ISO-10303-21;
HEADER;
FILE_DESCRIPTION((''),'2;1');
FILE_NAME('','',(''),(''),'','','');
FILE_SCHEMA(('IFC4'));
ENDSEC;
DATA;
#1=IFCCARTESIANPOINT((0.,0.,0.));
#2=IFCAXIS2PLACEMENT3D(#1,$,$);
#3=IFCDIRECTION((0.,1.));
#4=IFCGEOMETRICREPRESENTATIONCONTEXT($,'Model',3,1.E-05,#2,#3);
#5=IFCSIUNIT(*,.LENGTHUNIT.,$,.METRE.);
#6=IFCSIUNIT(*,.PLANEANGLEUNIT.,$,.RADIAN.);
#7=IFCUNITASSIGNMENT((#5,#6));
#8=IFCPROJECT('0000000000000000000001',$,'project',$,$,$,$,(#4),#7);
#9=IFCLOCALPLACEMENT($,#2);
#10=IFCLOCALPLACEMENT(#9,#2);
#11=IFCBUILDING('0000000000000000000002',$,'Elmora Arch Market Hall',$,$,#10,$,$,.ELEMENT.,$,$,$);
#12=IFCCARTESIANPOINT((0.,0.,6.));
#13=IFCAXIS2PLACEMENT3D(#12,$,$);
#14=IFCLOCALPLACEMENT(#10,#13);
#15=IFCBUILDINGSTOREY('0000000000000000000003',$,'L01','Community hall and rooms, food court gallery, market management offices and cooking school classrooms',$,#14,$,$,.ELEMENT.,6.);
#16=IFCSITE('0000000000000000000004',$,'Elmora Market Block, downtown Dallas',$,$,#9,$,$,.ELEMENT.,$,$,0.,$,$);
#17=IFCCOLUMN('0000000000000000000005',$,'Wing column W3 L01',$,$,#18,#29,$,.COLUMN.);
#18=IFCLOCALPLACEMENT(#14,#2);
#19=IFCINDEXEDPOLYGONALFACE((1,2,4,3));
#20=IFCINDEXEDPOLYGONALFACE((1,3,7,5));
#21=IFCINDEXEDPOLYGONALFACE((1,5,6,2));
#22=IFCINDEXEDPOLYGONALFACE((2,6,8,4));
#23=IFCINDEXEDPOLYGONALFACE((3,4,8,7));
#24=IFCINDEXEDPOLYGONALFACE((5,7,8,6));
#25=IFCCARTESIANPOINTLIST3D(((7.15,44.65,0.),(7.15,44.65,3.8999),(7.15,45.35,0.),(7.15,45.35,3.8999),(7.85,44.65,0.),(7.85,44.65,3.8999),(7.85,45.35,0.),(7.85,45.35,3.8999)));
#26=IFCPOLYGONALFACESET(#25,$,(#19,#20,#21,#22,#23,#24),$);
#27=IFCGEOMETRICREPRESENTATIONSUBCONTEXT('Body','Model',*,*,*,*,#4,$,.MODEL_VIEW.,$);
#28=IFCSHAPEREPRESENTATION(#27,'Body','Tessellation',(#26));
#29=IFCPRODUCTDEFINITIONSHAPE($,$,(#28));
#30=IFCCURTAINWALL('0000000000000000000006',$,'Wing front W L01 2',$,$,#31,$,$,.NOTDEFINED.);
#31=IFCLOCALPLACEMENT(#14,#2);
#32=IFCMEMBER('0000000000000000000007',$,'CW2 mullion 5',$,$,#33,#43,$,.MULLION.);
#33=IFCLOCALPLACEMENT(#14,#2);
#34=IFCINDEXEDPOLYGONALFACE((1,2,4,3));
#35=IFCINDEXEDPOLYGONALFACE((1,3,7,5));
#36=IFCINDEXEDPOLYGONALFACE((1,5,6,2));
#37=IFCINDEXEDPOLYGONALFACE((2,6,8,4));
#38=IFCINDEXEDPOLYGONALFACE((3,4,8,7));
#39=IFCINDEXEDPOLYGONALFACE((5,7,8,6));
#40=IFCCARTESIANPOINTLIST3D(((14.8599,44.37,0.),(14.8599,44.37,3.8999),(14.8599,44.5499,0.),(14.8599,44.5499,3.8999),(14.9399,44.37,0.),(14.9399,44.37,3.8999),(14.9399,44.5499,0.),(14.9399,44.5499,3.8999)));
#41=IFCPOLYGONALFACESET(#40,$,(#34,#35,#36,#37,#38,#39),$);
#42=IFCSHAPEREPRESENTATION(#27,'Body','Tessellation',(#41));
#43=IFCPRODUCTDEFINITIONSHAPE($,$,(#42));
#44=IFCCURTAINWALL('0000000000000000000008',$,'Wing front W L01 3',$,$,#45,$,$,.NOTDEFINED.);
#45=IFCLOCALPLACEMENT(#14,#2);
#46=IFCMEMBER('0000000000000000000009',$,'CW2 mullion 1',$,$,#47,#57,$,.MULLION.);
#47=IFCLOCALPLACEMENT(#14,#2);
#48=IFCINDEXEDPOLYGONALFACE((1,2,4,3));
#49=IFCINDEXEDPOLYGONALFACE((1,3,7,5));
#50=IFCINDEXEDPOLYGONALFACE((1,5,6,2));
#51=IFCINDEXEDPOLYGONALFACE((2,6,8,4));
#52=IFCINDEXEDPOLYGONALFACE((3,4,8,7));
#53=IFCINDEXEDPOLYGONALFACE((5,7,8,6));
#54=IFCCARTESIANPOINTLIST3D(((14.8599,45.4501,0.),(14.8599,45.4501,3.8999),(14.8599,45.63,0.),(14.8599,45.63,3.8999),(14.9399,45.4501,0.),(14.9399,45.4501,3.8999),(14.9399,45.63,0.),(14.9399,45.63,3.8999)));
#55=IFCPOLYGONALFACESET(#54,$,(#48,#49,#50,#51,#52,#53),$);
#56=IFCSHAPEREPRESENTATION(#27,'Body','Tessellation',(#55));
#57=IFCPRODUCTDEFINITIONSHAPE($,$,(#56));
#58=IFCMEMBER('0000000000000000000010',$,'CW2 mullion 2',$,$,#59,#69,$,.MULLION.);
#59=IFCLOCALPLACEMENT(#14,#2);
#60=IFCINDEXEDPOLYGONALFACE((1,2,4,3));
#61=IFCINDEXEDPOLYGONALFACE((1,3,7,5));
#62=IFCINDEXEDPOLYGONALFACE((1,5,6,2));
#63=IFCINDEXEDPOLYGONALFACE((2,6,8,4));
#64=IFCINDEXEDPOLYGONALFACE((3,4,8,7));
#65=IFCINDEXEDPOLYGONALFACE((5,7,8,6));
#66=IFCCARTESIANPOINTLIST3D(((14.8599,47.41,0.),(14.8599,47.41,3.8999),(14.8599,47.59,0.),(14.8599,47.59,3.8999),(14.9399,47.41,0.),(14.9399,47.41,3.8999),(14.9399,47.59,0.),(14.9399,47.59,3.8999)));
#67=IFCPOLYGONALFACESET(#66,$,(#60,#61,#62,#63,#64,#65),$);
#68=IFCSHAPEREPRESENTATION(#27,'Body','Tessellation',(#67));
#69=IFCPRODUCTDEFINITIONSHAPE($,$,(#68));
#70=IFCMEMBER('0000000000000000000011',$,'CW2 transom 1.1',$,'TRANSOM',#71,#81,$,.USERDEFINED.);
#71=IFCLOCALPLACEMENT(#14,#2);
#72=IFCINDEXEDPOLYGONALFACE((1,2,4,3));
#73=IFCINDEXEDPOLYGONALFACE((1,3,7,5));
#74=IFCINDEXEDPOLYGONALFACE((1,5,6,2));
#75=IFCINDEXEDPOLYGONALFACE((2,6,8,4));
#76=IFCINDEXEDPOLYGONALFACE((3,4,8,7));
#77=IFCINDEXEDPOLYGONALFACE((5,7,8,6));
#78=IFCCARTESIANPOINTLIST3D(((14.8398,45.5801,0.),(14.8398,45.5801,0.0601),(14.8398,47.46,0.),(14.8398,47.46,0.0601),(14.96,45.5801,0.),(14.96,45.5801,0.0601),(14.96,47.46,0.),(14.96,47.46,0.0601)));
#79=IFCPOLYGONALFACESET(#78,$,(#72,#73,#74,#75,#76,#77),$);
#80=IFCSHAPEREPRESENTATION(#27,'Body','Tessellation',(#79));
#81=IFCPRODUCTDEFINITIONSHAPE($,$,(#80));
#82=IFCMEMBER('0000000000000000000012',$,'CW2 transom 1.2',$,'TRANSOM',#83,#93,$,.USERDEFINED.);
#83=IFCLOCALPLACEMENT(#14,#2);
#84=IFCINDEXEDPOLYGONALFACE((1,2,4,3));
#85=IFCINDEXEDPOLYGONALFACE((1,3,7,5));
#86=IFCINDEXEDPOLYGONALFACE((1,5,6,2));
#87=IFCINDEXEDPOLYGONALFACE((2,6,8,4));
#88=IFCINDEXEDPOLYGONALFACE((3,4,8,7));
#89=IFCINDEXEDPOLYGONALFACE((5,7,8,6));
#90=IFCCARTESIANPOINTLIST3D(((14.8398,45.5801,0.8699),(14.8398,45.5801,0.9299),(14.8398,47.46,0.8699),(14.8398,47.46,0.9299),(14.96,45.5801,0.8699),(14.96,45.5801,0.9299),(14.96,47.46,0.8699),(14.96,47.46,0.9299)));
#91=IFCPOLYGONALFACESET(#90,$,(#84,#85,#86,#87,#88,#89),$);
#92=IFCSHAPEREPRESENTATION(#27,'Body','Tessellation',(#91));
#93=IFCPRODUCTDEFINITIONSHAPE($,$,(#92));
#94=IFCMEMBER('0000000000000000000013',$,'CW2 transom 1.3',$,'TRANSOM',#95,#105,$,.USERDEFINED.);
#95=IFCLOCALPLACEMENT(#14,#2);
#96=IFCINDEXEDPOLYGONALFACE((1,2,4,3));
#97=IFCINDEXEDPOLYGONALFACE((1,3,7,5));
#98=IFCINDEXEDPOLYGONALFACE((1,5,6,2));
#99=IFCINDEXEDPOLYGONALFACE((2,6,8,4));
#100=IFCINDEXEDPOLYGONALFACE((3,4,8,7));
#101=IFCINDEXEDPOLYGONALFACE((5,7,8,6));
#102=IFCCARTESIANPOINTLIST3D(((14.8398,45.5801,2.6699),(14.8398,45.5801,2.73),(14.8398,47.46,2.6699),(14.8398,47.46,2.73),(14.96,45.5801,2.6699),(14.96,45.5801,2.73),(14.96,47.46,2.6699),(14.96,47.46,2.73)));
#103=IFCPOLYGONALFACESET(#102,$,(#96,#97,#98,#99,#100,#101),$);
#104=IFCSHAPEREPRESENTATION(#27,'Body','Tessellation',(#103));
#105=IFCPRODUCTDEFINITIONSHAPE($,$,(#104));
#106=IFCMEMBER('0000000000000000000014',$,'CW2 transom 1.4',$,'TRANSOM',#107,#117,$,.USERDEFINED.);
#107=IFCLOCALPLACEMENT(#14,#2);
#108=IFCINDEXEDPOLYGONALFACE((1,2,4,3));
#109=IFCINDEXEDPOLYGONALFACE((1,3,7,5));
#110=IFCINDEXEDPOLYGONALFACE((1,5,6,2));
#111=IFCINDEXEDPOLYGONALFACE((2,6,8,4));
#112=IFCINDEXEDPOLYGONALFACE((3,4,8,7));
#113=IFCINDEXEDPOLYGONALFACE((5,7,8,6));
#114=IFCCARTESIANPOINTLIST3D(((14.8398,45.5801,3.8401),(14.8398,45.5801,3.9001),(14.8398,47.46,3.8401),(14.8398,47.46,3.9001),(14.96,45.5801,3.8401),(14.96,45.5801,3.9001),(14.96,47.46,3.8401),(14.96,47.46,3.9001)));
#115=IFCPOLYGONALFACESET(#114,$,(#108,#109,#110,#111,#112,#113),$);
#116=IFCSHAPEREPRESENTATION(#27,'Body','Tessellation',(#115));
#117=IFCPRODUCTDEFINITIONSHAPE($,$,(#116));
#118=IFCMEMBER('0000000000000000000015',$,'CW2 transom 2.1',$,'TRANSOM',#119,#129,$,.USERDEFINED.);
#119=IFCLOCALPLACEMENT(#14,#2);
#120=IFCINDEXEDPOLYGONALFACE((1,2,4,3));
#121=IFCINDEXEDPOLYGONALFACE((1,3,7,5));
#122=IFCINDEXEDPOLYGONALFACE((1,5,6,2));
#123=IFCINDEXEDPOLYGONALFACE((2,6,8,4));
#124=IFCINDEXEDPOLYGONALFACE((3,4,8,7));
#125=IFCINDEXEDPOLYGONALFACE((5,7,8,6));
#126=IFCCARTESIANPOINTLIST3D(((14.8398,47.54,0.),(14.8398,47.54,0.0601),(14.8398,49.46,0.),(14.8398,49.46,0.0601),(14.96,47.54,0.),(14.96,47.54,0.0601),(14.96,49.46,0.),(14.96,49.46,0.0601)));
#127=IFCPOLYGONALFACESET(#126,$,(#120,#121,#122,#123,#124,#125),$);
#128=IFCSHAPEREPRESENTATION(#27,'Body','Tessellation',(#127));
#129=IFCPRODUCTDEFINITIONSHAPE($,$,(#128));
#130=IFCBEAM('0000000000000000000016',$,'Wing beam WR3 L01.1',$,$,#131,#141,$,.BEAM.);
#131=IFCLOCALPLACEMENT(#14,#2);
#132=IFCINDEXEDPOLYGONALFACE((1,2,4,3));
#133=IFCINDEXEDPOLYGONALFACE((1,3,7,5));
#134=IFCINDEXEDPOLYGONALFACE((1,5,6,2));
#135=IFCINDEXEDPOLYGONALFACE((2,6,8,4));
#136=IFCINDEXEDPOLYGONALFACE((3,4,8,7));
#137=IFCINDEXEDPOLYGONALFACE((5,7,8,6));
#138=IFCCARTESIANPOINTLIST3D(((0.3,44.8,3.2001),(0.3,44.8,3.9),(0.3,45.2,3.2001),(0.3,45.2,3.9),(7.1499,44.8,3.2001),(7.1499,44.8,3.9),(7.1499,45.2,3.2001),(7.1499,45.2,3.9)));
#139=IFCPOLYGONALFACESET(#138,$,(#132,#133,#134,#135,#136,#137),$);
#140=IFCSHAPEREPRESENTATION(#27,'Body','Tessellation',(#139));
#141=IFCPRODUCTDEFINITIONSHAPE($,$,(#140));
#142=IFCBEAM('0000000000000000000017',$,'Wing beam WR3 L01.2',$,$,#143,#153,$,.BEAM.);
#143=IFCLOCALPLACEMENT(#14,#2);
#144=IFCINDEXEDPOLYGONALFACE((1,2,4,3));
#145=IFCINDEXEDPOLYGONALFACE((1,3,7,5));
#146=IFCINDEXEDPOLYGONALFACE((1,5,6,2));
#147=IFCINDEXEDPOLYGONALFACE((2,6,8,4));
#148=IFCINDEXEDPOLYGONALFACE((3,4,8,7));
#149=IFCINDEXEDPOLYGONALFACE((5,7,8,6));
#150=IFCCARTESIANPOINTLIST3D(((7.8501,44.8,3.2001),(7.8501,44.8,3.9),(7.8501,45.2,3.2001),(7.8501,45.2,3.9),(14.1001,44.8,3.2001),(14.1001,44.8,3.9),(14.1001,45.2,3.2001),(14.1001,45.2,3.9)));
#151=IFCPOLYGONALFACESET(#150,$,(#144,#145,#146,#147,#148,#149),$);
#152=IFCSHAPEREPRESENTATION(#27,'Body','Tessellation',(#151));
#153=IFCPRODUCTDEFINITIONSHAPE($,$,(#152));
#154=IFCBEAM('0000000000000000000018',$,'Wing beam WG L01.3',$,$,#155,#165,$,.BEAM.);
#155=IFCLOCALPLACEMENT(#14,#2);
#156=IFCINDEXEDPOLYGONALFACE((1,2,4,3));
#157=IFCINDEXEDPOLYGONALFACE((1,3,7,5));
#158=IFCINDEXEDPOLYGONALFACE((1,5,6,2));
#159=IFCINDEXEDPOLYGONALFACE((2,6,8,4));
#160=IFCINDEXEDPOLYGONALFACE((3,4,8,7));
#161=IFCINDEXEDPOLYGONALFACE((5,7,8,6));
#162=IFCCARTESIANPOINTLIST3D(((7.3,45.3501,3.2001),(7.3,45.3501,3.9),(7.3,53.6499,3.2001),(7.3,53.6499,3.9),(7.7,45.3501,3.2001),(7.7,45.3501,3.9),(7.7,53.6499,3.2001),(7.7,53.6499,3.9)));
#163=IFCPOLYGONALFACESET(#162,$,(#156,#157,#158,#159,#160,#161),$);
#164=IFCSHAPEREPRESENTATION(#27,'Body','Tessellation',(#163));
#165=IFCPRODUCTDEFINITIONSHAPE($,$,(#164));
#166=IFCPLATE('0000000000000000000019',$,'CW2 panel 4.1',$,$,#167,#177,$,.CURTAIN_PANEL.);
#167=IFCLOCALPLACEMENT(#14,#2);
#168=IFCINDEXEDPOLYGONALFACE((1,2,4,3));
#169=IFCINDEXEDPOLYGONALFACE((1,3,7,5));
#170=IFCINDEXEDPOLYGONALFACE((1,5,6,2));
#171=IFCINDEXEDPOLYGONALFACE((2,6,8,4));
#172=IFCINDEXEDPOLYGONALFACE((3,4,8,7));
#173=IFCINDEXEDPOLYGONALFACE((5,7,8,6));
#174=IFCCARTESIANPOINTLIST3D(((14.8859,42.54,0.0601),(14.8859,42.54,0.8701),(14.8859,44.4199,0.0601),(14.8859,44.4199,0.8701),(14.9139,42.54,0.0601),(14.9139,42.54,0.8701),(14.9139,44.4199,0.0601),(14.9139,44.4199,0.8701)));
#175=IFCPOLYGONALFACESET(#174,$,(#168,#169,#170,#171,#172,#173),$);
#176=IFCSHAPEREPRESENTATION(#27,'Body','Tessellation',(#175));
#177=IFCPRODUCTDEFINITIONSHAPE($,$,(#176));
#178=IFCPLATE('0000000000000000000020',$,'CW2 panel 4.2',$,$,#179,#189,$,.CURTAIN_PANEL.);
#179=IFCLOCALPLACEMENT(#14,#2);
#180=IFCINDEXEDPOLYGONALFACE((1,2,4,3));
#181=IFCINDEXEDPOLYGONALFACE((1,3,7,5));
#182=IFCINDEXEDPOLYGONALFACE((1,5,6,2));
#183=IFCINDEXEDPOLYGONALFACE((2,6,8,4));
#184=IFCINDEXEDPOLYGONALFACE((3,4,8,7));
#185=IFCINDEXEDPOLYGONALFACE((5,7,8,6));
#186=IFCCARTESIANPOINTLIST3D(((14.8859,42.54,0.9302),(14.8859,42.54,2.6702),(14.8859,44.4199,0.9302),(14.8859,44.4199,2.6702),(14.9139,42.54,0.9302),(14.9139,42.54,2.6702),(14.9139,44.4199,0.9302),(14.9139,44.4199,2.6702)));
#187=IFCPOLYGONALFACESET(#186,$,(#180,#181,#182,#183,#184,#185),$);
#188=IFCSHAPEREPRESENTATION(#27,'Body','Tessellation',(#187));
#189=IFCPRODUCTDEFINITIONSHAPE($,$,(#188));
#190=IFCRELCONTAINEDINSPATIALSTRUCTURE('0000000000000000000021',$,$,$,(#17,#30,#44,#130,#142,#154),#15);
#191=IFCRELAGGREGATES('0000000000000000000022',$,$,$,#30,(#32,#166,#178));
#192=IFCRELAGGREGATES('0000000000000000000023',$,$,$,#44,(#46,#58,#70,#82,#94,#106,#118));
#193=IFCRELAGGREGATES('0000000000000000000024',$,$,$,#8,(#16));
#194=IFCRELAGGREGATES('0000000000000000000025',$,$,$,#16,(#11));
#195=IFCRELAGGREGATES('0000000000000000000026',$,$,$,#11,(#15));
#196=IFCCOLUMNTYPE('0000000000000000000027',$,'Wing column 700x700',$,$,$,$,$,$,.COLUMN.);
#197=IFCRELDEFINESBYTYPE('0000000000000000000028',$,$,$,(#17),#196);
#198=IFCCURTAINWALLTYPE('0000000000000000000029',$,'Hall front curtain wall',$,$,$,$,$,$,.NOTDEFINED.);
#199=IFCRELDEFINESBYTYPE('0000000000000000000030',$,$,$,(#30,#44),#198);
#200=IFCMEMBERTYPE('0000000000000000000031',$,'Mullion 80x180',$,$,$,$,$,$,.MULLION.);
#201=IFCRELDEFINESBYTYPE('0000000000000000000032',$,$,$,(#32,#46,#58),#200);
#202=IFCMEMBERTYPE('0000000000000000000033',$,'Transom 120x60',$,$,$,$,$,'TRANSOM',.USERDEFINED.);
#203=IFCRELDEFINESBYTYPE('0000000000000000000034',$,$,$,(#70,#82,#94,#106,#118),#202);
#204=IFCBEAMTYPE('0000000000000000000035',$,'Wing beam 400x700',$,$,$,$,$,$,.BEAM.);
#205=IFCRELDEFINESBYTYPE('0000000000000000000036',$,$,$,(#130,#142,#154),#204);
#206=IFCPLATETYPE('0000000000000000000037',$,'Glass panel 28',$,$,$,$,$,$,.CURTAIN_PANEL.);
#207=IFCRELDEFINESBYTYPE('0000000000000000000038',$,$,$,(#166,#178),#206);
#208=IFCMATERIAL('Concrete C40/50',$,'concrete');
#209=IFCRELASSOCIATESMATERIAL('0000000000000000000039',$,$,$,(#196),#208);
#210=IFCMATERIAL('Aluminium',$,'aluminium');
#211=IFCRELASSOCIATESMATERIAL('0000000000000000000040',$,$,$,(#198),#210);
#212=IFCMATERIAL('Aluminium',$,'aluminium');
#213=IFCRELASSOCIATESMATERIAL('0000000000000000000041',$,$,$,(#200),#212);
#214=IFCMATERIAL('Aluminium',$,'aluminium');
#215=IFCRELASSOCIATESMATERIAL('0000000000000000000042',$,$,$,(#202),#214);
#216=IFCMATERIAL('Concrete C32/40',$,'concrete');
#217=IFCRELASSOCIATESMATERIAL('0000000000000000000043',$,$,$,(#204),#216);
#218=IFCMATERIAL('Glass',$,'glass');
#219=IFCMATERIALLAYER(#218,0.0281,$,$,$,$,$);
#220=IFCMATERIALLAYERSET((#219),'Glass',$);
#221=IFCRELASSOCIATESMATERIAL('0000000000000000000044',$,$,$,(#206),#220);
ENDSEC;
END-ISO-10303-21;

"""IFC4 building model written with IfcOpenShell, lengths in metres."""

from ifc_helpers import new_model, si_unit, direction, frame, origin, origin_2d, place, context, subcontext, project, spatial, rectangle, extrude, material, layer, layer_set, material_profile, profile_set, type_object, element, aggregate, save


model = new_model("IFC4")

# Units and contexts
model_context = context("Model", 3, precision=1e-05, world=origin(), true_north=direction((0.0, 1.0)))
body_context = subcontext(model_context, "Body", "Model", "MODEL_VIEW")
ifc_project = project(units=[si_unit("LENGTHUNIT", "METRE"), si_unit("PLANEANGLEUNIT", "RADIAN")], contexts=[model_context])

# Site, building, storey
site_placement = place(None, origin())
site = spatial("IfcSite", under=ifc_project, at=site_placement, Name="Elmora Market Block, downtown Dallas", CompositionType="ELEMENT", RefElevation=0.0)
building_placement = place(site_placement, origin())
building = spatial("IfcBuilding", under=site, at=building_placement, Name="Elmora Arch Market Hall", CompositionType="ELEMENT")
storey_placement = place(building_placement, frame((0.0, 0.0, 6.0)))
storey = spatial("IfcBuildingStorey", under=building, at=storey_placement, Name="L01", Description="Community hall and rooms, food court gallery, market management offices and cooking school classrooms", CompositionType="ELEMENT", Elevation=6.0)

# Column
ifc_material_1 = material(Name="Concrete C40/50", Category="concrete")
ifc_material_profile_1 = material_profile(ifc_material_1, rectangle(XDim=0.7, YDim=0.7, at=origin_2d()), Name="Wing column 700x700")
ifc_profile_set_1 = profile_set([ifc_material_profile_1], Name="Concrete C40/50")
column_type = type_object("IfcColumnType", Name="Wing column 700x700", PredefinedType="COLUMN", material=ifc_profile_set_1)
column_placement = place(storey_placement, frame((7.5, 45.0, 0.0), z_axis=(0.0, 0.0, 1.0), x_axis=(1.0, 0.0, 0.0)))
element("IfcColumn", 1, at=column_placement, inside=storey, type_object=column_type, Name="Wing column W3 L01", PredefinedType="COLUMN", context=body_context, shape_type="SweptSolid", body=[
    extrude(rectangle(XDim=0.7, YDim=0.7, at=origin_2d()), origin(), (0.0, 0.0, 1.0), 3.8999),
])

# Curtain wall, member
ifc_material_2 = material(Name="Aluminium", Category="aluminium")
curtain_wall_type = type_object("IfcCurtainWallType", Name="Hall front curtain wall", PredefinedType="NOTDEFINED", material=ifc_material_2)
curtain_wall_1_placement = place(storey_placement, origin())
curtain_wall_1 = element("IfcCurtainWall", 2, at=curtain_wall_1_placement, inside=storey, type_object=curtain_wall_type, Name="Wing front W L01 2", PredefinedType="NOTDEFINED")
ifc_material_3 = material(Name="Aluminium", Category="aluminium")
ifc_material_profile_2 = material_profile(ifc_material_3, rectangle(XDim=0.0801, YDim=0.1799, at=origin_2d()), Name="AL 80x180")
ifc_profile_set_2 = profile_set([ifc_material_profile_2], Name="Aluminium")
member_type_1 = type_object("IfcMemberType", Name="Mullion 80x180", PredefinedType="MULLION", material=ifc_profile_set_2)
member_1_placement = place(storey_placement, frame((14.8999, 44.46, 0.0), z_axis=(0.0, 0.0, 1.0), x_axis=(-1.0, 0.0, 0.0)))
member_1 = element("IfcMember", 3, at=member_1_placement, type_object=member_type_1, Name="CW2 mullion 5", PredefinedType="MULLION", context=body_context, shape_type="SweptSolid", body=[
    extrude(rectangle(XDim=0.0801, YDim=0.1799, at=origin_2d()), origin(), (0.0, 0.0, 1.0), 3.8999),
])

# Curtain wall, members
curtain_wall_2_placement = place(storey_placement, origin())
curtain_wall_2 = element("IfcCurtainWall", 4, at=curtain_wall_2_placement, inside=storey, type_object=curtain_wall_type, Name="Wing front W L01 3", PredefinedType="NOTDEFINED")
member_2_placement = place(storey_placement, frame((14.8999, 45.54, 0.0), z_axis=(0.0, 0.0, 1.0), x_axis=(-1.0, 0.0, 0.0)))
member_2 = element("IfcMember", 5, at=member_2_placement, type_object=member_type_1, Name="CW2 mullion 1", PredefinedType="MULLION", context=body_context, shape_type="SweptSolid", body=[
    extrude(rectangle(XDim=0.0801, YDim=0.1799, at=origin_2d()), origin(), (0.0, 0.0, 1.0), 3.8999),
])
member_3_placement = place(storey_placement, frame((14.8999, 47.5, 0.0), z_axis=(0.0, 0.0, 1.0), x_axis=(-1.0, 0.0, 0.0)))
member_3 = element("IfcMember", 6, at=member_3_placement, type_object=member_type_1, Name="CW2 mullion 2", PredefinedType="MULLION", context=body_context, shape_type="SweptSolid", body=[
    extrude(rectangle(XDim=0.0801, YDim=0.1799, at=origin_2d()), origin(), (0.0, 0.0, 1.0), 3.8999),
])
ifc_material_4 = material(Name="Aluminium", Category="aluminium")
ifc_material_profile_3 = material_profile(ifc_material_4, rectangle(XDim=0.1201, YDim=0.0601, at=origin_2d()), Name="AL 120x60")
ifc_profile_set_3 = profile_set([ifc_material_profile_3], Name="Aluminium")
member_type_2 = type_object("IfcMemberType", Name="Transom 120x60", ElementType="TRANSOM", PredefinedType="USERDEFINED", material=ifc_profile_set_3)
member_4_placement = place(storey_placement, frame((14.8999, 45.5801, 0.03), z_axis=(0.0, 1.0, 0.0), x_axis=(-1.0, 0.0, 0.0)))
member_4 = element("IfcMember", 7, at=member_4_placement, type_object=member_type_2, Name="CW2 transom 1.1", ObjectType="TRANSOM", PredefinedType="USERDEFINED", context=body_context, shape_type="SweptSolid", body=[
    extrude(rectangle(XDim=0.1201, YDim=0.0601, at=origin_2d()), origin(), (0.0, 0.0, 1.0), 1.8799),
])
member_5_placement = place(storey_placement, frame((14.8999, 45.5801, 0.8999), z_axis=(0.0, 1.0, 0.0), x_axis=(-1.0, 0.0, 0.0)))
member_5 = element("IfcMember", 8, at=member_5_placement, type_object=member_type_2, Name="CW2 transom 1.2", ObjectType="TRANSOM", PredefinedType="USERDEFINED", context=body_context, shape_type="SweptSolid", body=[
    extrude(rectangle(XDim=0.1201, YDim=0.0601, at=origin_2d()), origin(), (0.0, 0.0, 1.0), 1.8799),
])
member_6_placement = place(storey_placement, frame((14.8999, 45.5801, 2.7), z_axis=(0.0, 1.0, 0.0), x_axis=(-1.0, 0.0, 0.0)))
member_6 = element("IfcMember", 9, at=member_6_placement, type_object=member_type_2, Name="CW2 transom 1.3", ObjectType="TRANSOM", PredefinedType="USERDEFINED", context=body_context, shape_type="SweptSolid", body=[
    extrude(rectangle(XDim=0.1201, YDim=0.0601, at=origin_2d()), origin(), (0.0, 0.0, 1.0), 1.8799),
])
member_7_placement = place(storey_placement, frame((14.8999, 45.5801, 3.8701), z_axis=(0.0, 1.0, 0.0), x_axis=(-1.0, 0.0, 0.0)))
member_7 = element("IfcMember", 10, at=member_7_placement, type_object=member_type_2, Name="CW2 transom 1.4", ObjectType="TRANSOM", PredefinedType="USERDEFINED", context=body_context, shape_type="SweptSolid", body=[
    extrude(rectangle(XDim=0.1201, YDim=0.0601, at=origin_2d()), origin(), (0.0, 0.0, 1.0), 1.8799),
])
member_8_placement = place(storey_placement, frame((14.8999, 47.54, 0.03), z_axis=(0.0, 1.0, 0.0), x_axis=(-1.0, 0.0, 0.0)))
member_8 = element("IfcMember", 11, at=member_8_placement, type_object=member_type_2, Name="CW2 transom 2.1", ObjectType="TRANSOM", PredefinedType="USERDEFINED", context=body_context, shape_type="SweptSolid", body=[
    extrude(rectangle(XDim=0.1201, YDim=0.0601, at=origin_2d()), origin(), (0.0, 0.0, 1.0), 1.9199),
])

# Beams
ifc_material_5 = material(Name="Concrete C32/40", Category="concrete")
ifc_material_profile_4 = material_profile(ifc_material_5, rectangle(XDim=0.3999, YDim=0.7, at=origin_2d()), Name="Wing beam 400x700")
ifc_profile_set_4 = profile_set([ifc_material_profile_4], Name="Concrete C32/40")
beam_type = type_object("IfcBeamType", Name="Wing beam 400x700", PredefinedType="BEAM", material=ifc_profile_set_4)
beam_1_placement = place(storey_placement, frame((0.3, 45.0, 3.55), z_axis=(1.0, 0.0, 0.0), x_axis=(0.0, 1.0, 0.0)))
element("IfcBeam", 12, at=beam_1_placement, inside=storey, type_object=beam_type, Name="Wing beam WR3 L01.1", PredefinedType="BEAM", context=body_context, shape_type="SweptSolid", body=[
    extrude(rectangle(XDim=0.3999, YDim=0.7, at=origin_2d()), origin(), (0.0, 0.0, 1.0), 6.8499),
])
beam_2_placement = place(storey_placement, frame((7.8501, 45.0, 3.55), z_axis=(1.0, 0.0, 0.0), x_axis=(0.0, 1.0, 0.0)))
element("IfcBeam", 13, at=beam_2_placement, inside=storey, type_object=beam_type, Name="Wing beam WR3 L01.2", PredefinedType="BEAM", context=body_context, shape_type="SweptSolid", body=[
    extrude(rectangle(XDim=0.3999, YDim=0.7, at=origin_2d()), origin(), (0.0, 0.0, 1.0), 6.25),
])
beam_3_placement = place(storey_placement, frame((7.5, 45.3501, 3.55), z_axis=(0.0, 1.0, 0.0), x_axis=(-1.0, 0.0, 0.0)))
element("IfcBeam", 14, at=beam_3_placement, inside=storey, type_object=beam_type, Name="Wing beam WG L01.3", PredefinedType="BEAM", context=body_context, shape_type="SweptSolid", body=[
    extrude(rectangle(XDim=0.3999, YDim=0.7, at=origin_2d()), origin(), (0.0, 0.0, 1.0), 8.2998),
])

# Plates
ifc_material_6 = material(Name="Glass", Category="glass")
ifc_layer_1 = layer(ifc_material_6, 0.0281)
ifc_layer_set_1 = layer_set([ifc_layer_1], Name="Glass")
plate_type = type_object("IfcPlateType", Name="Glass panel 28", PredefinedType="CURTAIN_PANEL", material=ifc_layer_set_1)
plate_1_placement = place(storey_placement, frame((14.8999, 43.48, 0.0601), z_axis=(0.0, 0.0, 1.0), x_axis=(0.0, 1.0, 0.0)))
plate_1 = element("IfcPlate", 15, at=plate_1_placement, type_object=plate_type, Name="CW2 panel 4.1", PredefinedType="CURTAIN_PANEL", context=body_context, shape_type="SweptSolid", body=[
    extrude(rectangle(XDim=1.8799, YDim=0.0281, at=origin_2d()), origin(), (0.0, 0.0, 1.0), 0.8101),
])
plate_2_placement = place(storey_placement, frame((14.8999, 43.48, 0.9302), z_axis=(0.0, 0.0, 1.0), x_axis=(0.0, 1.0, 0.0)))
plate_2 = element("IfcPlate", 16, at=plate_2_placement, type_object=plate_type, Name="CW2 panel 4.2", PredefinedType="CURTAIN_PANEL", context=body_context, shape_type="SweptSolid", body=[
    extrude(rectangle(XDim=1.8799, YDim=0.0281, at=origin_2d()), origin(), (0.0, 0.0, 1.0), 1.74),
])
aggregate(curtain_wall_1, [member_1, plate_1, plate_2])
aggregate(curtain_wall_2, [member_2, member_3, member_4, member_5, member_6, member_7, member_8])

save(model, "model.ifc")
